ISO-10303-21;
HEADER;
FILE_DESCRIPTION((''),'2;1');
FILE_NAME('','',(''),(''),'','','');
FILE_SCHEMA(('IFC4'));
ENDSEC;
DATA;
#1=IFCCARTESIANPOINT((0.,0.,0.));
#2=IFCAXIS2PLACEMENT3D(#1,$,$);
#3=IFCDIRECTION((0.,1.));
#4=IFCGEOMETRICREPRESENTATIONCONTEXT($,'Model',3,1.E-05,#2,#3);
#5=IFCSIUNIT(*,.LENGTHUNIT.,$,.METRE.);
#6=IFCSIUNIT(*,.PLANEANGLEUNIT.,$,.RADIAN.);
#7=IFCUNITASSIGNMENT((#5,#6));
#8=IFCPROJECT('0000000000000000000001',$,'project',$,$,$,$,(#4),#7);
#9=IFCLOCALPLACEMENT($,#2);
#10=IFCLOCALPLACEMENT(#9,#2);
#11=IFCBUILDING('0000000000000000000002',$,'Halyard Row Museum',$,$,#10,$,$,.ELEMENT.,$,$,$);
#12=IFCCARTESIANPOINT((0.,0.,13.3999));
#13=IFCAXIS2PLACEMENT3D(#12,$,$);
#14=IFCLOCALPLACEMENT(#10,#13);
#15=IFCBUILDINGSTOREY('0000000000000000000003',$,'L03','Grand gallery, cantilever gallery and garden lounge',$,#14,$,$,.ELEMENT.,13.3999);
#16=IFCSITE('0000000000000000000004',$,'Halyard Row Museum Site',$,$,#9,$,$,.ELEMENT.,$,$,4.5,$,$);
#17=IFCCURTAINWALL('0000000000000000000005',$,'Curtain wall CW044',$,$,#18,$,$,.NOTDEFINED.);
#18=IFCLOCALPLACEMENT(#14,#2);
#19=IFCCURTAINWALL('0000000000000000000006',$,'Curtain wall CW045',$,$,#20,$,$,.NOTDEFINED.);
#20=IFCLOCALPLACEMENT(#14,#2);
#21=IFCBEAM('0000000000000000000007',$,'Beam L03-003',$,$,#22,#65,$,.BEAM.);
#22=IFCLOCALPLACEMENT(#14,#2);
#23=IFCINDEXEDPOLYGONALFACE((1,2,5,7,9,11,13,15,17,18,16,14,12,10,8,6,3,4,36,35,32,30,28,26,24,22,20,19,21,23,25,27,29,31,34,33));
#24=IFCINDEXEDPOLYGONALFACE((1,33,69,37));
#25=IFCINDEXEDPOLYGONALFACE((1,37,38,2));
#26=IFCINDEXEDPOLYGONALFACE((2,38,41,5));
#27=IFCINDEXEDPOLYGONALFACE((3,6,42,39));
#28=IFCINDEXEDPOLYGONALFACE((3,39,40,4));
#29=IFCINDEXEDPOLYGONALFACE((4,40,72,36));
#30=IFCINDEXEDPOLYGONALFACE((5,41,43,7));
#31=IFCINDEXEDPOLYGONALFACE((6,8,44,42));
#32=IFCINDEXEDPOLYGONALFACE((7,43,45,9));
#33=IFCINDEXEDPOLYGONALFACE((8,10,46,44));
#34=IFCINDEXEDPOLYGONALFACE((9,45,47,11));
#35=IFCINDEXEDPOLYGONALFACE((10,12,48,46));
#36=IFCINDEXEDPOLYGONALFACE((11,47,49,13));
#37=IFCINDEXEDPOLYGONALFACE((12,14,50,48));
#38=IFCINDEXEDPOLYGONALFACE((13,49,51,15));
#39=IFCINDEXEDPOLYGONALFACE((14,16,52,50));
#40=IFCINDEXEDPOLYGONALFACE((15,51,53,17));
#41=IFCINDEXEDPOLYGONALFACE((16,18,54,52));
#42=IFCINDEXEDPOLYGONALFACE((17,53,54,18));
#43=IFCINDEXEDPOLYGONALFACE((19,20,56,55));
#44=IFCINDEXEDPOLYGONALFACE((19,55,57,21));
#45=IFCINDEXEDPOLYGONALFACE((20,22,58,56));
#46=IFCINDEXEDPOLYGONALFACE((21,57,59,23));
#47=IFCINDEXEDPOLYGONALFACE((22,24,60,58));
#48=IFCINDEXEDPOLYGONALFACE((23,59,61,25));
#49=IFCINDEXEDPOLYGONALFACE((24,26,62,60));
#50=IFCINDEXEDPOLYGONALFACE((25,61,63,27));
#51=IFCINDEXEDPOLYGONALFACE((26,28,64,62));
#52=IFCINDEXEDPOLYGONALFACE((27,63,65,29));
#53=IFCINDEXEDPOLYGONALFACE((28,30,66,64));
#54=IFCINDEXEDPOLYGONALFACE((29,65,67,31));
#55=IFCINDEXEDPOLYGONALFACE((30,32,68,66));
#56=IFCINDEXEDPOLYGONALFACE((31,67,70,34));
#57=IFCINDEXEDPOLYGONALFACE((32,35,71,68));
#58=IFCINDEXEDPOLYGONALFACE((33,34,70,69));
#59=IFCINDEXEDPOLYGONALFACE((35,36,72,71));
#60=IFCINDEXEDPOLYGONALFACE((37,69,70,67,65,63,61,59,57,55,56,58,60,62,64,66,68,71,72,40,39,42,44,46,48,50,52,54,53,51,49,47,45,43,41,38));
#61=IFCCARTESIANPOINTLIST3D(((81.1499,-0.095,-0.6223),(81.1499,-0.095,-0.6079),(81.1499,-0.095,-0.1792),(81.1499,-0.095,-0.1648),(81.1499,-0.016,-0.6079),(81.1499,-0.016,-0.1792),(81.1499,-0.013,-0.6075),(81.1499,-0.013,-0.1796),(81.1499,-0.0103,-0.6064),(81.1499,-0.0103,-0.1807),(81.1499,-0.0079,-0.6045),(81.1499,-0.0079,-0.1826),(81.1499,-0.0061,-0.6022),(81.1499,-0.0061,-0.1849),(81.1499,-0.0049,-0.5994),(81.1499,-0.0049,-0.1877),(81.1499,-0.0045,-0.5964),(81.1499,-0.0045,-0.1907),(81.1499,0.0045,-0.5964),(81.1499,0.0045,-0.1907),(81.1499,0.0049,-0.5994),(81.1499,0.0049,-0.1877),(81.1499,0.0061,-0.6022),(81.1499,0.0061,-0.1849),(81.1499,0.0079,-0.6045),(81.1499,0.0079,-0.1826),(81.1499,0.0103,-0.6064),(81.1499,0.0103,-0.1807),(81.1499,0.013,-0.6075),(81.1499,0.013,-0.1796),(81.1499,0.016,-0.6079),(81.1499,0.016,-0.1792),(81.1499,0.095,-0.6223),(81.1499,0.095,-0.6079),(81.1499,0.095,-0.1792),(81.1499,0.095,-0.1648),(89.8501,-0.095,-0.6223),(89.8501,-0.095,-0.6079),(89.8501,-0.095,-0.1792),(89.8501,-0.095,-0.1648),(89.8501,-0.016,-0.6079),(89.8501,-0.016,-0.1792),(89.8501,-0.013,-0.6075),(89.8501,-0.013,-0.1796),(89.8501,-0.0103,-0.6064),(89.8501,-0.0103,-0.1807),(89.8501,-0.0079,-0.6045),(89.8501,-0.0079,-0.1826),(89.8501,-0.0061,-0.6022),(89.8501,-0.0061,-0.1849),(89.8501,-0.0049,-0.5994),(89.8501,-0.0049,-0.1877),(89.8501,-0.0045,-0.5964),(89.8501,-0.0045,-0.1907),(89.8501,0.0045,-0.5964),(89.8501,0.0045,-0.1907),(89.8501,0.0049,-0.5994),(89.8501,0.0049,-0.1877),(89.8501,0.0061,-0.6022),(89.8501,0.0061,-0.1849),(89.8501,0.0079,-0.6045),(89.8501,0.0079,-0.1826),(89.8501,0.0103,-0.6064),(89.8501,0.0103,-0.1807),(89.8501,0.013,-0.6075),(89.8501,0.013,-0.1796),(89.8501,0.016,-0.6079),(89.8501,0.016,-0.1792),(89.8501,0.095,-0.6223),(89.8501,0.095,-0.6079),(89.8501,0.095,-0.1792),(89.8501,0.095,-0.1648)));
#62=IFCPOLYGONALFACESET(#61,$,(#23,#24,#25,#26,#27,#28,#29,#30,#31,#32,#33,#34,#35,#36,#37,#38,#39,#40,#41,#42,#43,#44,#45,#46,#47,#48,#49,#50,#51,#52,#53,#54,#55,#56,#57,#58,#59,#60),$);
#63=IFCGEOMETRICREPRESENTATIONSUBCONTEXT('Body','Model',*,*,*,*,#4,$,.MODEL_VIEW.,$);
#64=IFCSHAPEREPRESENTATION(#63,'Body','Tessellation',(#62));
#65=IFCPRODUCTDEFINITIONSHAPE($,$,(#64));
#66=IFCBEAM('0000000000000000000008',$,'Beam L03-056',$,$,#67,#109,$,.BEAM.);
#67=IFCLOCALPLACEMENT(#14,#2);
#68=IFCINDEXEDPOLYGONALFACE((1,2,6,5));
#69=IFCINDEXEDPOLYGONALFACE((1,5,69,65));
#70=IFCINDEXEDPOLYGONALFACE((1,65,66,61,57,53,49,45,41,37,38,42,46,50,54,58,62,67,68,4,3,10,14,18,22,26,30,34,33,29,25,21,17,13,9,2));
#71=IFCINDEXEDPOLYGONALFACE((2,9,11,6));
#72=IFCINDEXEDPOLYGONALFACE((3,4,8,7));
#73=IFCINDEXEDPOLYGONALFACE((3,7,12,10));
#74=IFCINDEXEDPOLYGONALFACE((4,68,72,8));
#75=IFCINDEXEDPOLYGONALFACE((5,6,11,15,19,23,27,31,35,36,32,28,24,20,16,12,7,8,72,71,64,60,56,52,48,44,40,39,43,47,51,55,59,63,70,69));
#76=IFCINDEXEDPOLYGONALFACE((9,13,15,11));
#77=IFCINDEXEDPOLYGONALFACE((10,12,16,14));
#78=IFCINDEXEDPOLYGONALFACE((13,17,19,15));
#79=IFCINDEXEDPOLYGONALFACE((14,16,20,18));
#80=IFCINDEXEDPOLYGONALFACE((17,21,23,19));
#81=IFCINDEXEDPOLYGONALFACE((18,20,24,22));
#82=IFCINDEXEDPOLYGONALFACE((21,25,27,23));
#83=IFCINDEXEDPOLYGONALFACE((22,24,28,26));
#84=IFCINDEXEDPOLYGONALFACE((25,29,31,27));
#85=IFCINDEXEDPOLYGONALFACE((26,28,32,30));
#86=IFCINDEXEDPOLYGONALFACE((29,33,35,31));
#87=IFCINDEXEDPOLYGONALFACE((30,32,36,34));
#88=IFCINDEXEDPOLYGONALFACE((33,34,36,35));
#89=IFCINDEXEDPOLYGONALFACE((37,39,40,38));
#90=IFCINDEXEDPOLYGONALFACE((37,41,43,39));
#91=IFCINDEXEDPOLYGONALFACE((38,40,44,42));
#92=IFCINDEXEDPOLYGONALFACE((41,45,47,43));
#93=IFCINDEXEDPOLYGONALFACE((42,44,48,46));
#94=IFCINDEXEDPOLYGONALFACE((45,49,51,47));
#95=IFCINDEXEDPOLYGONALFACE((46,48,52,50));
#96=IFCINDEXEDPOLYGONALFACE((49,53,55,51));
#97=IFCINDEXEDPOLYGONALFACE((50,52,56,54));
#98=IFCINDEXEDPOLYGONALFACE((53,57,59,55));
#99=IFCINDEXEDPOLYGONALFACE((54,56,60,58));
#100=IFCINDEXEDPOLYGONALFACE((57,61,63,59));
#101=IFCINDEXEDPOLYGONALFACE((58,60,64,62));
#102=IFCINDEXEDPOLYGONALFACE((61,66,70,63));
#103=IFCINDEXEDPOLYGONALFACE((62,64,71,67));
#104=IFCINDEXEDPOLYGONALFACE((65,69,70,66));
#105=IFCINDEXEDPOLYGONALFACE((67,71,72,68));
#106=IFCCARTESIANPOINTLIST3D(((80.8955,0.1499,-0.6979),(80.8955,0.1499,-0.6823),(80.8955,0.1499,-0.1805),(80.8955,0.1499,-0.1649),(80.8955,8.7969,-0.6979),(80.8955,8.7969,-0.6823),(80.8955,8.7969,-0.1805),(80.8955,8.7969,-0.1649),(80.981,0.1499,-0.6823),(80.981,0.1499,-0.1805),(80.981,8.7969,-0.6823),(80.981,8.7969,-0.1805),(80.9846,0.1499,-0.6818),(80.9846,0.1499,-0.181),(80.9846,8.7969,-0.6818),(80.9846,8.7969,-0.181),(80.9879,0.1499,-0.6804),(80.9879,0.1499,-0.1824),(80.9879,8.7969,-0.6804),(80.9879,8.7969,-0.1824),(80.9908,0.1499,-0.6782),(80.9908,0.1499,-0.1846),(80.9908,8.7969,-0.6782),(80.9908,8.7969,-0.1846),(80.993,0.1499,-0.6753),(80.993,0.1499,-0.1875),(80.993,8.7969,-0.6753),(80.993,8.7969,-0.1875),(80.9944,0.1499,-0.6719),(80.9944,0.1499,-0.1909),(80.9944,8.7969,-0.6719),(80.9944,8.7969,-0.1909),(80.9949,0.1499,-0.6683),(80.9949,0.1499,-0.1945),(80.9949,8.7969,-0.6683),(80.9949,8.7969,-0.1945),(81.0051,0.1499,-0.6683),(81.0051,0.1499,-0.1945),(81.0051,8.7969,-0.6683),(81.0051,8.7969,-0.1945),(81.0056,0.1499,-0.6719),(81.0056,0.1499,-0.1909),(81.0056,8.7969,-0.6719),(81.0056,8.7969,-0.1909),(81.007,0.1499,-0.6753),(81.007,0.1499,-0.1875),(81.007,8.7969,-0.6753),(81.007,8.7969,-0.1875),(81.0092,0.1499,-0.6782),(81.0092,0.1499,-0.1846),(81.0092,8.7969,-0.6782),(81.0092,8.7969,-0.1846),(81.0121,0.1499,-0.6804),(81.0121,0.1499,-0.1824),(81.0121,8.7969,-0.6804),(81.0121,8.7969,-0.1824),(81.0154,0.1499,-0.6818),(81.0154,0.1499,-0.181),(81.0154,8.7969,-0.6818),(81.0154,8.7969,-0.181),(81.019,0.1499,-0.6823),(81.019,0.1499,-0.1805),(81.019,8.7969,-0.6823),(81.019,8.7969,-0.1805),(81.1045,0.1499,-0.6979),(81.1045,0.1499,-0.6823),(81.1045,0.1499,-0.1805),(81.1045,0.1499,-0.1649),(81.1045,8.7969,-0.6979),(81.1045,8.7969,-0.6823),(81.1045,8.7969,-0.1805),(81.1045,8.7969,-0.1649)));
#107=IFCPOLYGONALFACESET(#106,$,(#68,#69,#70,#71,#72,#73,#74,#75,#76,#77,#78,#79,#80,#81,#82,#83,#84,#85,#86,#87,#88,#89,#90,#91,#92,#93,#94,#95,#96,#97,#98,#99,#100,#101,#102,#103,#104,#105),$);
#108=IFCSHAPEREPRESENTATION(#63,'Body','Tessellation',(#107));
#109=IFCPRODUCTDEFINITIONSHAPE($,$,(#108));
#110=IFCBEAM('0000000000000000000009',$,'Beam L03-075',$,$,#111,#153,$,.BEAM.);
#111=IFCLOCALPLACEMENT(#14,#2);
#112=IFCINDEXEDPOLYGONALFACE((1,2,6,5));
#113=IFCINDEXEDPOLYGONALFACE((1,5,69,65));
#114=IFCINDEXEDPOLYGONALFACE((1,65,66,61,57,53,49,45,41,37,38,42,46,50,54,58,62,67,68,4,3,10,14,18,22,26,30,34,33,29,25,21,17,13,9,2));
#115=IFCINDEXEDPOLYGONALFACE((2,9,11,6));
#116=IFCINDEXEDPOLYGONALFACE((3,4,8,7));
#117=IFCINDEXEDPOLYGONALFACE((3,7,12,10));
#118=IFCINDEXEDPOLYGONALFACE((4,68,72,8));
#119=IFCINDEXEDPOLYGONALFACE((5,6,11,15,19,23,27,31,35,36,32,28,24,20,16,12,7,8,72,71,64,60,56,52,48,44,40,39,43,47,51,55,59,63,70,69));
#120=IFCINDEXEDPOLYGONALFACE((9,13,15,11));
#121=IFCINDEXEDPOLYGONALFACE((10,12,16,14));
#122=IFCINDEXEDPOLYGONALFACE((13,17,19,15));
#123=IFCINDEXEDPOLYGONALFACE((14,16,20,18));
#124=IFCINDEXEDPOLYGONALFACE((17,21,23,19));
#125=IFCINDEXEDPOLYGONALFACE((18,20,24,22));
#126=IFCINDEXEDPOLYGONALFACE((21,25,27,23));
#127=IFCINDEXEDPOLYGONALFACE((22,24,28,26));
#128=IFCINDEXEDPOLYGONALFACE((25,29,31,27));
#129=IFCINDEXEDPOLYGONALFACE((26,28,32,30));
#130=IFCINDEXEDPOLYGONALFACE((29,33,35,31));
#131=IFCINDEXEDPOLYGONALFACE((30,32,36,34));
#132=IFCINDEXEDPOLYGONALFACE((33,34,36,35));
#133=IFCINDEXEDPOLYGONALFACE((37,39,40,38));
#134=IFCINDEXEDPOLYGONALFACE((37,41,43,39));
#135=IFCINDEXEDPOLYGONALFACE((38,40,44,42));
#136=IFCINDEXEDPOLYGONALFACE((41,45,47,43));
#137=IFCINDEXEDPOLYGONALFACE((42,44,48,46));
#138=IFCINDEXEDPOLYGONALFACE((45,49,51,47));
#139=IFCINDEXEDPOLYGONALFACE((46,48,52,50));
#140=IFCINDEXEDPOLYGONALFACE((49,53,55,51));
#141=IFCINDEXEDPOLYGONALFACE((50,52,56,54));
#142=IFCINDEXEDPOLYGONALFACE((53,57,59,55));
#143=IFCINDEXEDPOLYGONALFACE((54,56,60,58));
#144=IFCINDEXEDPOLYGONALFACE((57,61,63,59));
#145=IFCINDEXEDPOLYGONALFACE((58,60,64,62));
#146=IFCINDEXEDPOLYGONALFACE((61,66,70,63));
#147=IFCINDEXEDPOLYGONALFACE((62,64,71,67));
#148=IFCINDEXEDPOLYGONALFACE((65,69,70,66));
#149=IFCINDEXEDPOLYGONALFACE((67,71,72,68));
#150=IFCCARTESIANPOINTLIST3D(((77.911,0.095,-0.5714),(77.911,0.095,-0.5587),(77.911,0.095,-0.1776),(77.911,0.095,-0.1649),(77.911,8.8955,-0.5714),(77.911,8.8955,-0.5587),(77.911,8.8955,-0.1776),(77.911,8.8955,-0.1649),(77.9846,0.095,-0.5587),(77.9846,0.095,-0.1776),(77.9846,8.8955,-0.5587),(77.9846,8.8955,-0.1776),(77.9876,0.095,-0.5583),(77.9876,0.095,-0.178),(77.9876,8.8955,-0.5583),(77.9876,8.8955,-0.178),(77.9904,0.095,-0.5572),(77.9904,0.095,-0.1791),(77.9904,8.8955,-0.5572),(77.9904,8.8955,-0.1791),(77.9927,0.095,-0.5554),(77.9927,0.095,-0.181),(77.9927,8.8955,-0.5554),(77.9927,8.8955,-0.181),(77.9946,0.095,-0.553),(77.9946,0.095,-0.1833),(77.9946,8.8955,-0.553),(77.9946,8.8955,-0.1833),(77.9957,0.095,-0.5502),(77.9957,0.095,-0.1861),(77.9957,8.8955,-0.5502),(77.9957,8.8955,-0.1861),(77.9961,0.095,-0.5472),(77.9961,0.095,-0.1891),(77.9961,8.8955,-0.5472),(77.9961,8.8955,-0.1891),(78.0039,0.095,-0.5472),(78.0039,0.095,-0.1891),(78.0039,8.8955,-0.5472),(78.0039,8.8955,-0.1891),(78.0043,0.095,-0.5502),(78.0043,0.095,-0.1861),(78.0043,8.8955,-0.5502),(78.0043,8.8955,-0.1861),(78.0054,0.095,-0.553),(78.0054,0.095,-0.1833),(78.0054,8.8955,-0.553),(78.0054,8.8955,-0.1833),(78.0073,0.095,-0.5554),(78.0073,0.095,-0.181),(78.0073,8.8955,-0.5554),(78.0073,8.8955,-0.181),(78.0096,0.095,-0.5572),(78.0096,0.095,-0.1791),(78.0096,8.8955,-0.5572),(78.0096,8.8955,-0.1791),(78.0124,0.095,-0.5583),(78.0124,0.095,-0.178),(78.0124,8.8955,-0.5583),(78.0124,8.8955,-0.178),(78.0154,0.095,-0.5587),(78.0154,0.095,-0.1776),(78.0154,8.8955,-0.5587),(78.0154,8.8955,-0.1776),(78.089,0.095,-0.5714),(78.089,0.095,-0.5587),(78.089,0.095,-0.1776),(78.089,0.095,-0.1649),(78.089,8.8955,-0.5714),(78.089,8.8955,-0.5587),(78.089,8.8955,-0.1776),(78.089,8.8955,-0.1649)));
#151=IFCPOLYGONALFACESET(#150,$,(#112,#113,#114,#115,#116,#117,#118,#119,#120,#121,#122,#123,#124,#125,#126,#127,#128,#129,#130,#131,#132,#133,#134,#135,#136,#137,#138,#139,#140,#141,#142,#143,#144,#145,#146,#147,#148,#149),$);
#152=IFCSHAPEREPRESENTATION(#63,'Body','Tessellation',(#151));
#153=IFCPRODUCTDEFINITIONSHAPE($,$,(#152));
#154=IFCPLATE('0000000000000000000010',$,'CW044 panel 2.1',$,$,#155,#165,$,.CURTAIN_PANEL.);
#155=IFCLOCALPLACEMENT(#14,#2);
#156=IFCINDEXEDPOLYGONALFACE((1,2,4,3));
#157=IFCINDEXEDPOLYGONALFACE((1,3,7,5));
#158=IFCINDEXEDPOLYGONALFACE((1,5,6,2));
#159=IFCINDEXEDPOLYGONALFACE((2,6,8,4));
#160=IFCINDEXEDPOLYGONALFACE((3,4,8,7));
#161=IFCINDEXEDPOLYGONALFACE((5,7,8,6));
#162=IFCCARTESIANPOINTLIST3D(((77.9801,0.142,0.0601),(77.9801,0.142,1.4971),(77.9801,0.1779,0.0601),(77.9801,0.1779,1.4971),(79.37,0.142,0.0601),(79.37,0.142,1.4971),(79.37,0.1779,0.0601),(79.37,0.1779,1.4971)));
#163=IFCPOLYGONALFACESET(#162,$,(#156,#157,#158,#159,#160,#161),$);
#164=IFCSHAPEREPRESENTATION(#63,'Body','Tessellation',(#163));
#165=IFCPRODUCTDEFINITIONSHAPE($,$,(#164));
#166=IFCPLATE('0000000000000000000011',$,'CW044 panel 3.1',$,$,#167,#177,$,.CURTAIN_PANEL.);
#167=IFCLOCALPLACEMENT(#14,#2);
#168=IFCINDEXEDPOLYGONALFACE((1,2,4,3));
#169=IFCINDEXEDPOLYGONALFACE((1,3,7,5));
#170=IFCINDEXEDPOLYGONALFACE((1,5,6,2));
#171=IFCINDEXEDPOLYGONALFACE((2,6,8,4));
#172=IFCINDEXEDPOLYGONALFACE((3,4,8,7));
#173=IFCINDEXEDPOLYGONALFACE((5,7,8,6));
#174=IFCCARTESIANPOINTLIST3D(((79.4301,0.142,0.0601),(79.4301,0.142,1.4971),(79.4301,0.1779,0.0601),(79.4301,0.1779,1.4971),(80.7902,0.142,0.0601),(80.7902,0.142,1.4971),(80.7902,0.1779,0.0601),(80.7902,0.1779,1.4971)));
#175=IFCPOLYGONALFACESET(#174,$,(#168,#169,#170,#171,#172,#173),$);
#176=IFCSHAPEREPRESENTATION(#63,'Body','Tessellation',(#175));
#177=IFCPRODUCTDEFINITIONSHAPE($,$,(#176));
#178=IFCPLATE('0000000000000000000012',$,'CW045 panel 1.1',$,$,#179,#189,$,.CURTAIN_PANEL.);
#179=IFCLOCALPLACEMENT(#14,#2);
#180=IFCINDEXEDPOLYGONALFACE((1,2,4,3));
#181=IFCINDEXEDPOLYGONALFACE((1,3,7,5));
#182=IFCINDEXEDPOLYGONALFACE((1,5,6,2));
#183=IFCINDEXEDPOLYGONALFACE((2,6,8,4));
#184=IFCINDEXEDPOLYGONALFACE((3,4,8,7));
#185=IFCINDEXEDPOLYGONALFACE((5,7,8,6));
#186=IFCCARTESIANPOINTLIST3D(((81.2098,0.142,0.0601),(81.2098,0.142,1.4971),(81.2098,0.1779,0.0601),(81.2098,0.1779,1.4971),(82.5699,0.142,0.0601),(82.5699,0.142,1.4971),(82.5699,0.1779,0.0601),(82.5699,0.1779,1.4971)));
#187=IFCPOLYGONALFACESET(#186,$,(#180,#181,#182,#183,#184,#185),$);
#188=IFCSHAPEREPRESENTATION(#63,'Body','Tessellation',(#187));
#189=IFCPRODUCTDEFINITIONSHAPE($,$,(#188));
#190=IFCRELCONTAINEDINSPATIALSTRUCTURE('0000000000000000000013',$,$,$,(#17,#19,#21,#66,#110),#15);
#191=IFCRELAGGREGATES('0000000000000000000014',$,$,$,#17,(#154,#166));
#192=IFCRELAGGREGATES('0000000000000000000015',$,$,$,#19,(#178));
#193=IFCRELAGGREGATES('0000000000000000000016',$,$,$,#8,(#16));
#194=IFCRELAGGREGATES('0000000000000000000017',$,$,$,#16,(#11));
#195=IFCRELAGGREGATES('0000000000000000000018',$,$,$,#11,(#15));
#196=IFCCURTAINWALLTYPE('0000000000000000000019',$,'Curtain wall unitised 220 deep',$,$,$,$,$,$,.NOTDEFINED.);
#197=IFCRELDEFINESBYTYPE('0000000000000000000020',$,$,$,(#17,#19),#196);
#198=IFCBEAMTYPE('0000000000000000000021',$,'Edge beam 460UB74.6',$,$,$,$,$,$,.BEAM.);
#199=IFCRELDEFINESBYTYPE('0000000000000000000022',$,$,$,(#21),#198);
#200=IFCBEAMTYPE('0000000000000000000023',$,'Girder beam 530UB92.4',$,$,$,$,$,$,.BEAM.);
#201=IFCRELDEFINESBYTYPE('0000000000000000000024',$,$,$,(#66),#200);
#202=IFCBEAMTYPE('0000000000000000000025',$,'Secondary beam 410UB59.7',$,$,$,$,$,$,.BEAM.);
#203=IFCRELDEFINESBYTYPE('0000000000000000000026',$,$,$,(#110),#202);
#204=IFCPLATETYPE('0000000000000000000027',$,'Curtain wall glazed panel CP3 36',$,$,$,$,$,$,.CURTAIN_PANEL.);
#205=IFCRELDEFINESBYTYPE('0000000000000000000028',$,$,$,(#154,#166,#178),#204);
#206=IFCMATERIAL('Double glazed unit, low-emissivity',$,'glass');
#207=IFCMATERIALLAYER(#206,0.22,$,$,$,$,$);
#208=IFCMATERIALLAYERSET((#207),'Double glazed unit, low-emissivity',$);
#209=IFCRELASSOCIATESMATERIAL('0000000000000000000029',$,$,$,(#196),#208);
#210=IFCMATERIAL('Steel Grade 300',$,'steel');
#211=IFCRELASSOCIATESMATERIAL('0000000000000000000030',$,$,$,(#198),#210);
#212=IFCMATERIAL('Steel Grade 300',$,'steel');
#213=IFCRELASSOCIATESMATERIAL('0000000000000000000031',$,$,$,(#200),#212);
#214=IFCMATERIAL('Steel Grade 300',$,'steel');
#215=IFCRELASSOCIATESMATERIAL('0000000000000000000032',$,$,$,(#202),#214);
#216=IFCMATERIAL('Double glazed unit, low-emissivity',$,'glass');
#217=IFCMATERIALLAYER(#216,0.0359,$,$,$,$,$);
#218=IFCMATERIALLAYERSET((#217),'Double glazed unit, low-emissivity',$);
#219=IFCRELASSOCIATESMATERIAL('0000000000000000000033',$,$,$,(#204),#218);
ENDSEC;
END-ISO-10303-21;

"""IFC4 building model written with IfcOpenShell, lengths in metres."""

from ifc_helpers import new_model, si_unit, direction, frame, origin, origin_2d, place, context, subcontext, project, spatial, rectangle, i_section, extrude, material, layer, layer_set, material_profile, profile_set, type_object, element, aggregate, save


model = new_model("IFC4")

# Units and contexts
model_context = context("Model", 3, precision=1e-05, world=origin(), true_north=direction((0.0, 1.0)))
body_context = subcontext(model_context, "Body", "Model", "MODEL_VIEW")
ifc_project = project(units=[si_unit("LENGTHUNIT", "METRE"), si_unit("PLANEANGLEUNIT", "RADIAN")], contexts=[model_context])

# Site, building, storey
site_placement = place(None, origin())
site = spatial("IfcSite", under=ifc_project, at=site_placement, Name="Halyard Row Museum Site", CompositionType="ELEMENT", RefElevation=4.5)
building_placement = place(site_placement, origin())
building = spatial("IfcBuilding", under=site, at=building_placement, Name="Halyard Row Museum", CompositionType="ELEMENT")
storey_placement = place(building_placement, frame((0.0, 0.0, 13.3999)))
storey = spatial("IfcBuildingStorey", under=building, at=storey_placement, Name="L03", Description="Grand gallery, cantilever gallery and garden lounge", CompositionType="ELEMENT", Elevation=13.3999)

# Curtain wall
ifc_material_1 = material(Name="Double glazed unit, low-emissivity", Category="glass")
ifc_layer_1 = layer(ifc_material_1, 0.22)
ifc_layer_set_1 = layer_set([ifc_layer_1], Name="Double glazed unit, low-emissivity")
curtain_wall_type = type_object("IfcCurtainWallType", Name="Curtain wall unitised 220 deep", PredefinedType="NOTDEFINED", material=ifc_layer_set_1)
curtain_wall_1_placement = place(storey_placement, origin())
curtain_wall_1 = element("IfcCurtainWall", 1, at=curtain_wall_1_placement, inside=storey, type_object=curtain_wall_type, Name="Curtain wall CW044", PredefinedType="NOTDEFINED")

# Curtain wall
curtain_wall_2_placement = place(storey_placement, origin())
curtain_wall_2 = element("IfcCurtainWall", 2, at=curtain_wall_2_placement, inside=storey, type_object=curtain_wall_type, Name="Curtain wall CW045", PredefinedType="NOTDEFINED")

# Beams
ifc_material_2 = material(Name="Steel Grade 300", Category="steel")
ifc_material_profile_1 = material_profile(ifc_material_2, i_section(OverallWidth=0.1899, OverallDepth=0.4575, WebThickness=0.009, FlangeThickness=0.0144, FilletRadius=0.0115, at=origin_2d()), Name="460UB74.6")
ifc_profile_set_1 = profile_set([ifc_material_profile_1], Name="Steel Grade 300")
beam_type_1 = type_object("IfcBeamType", Name="Edge beam 460UB74.6", PredefinedType="BEAM", material=ifc_profile_set_1)
beam_1_placement = place(storey_placement, frame((81.1499, 0.0, -0.3936), z_axis=(1.0, 0.0, 0.0), x_axis=(0.0, 1.0, 0.0)))
element("IfcBeam", 3, at=beam_1_placement, inside=storey, type_object=beam_type_1, Name="Beam L03-003", PredefinedType="BEAM", context=body_context, shape_type="SweptSolid", body=[
    extrude(i_section(OverallWidth=0.1899, OverallDepth=0.4575, WebThickness=0.009, FlangeThickness=0.0144, FilletRadius=0.0115, at=origin_2d()), origin(), (0.0, 0.0, 1.0), 8.7002),
])
ifc_material_3 = material(Name="Steel Grade 300", Category="steel")
ifc_material_profile_2 = material_profile(ifc_material_3, i_section(OverallWidth=0.209, OverallDepth=0.533, WebThickness=0.0103, FlangeThickness=0.0156, FilletRadius=0.0139, at=origin_2d()), Name="530UB92.4")
ifc_profile_set_2 = profile_set([ifc_material_profile_2], Name="Steel Grade 300")
beam_type_2 = type_object("IfcBeamType", Name="Girder beam 530UB92.4", PredefinedType="BEAM", material=ifc_profile_set_2)
beam_2_placement = place(storey_placement, frame((81.0, 0.1499, -0.4314), z_axis=(0.0, 1.0, 0.0), x_axis=(-1.0, 0.0, 0.0)))
element("IfcBeam", 4, at=beam_2_placement, inside=storey, type_object=beam_type_2, Name="Beam L03-056", PredefinedType="BEAM", context=body_context, shape_type="SweptSolid", body=[
    extrude(i_section(OverallWidth=0.209, OverallDepth=0.533, WebThickness=0.0103, FlangeThickness=0.0156, FilletRadius=0.0139, at=origin_2d()), origin(), (0.0, 0.0, 1.0), 8.647),
])
ifc_material_4 = material(Name="Steel Grade 300", Category="steel")
ifc_material_profile_3 = material_profile(ifc_material_4, i_section(OverallWidth=0.178, OverallDepth=0.4065, WebThickness=0.0078, FlangeThickness=0.0127, FilletRadius=0.0115, at=origin_2d()), Name="410UB59.7")
ifc_profile_set_3 = profile_set([ifc_material_profile_3], Name="Steel Grade 300")
beam_type_3 = type_object("IfcBeamType", Name="Secondary beam 410UB59.7", PredefinedType="BEAM", material=ifc_profile_set_3)
beam_3_placement = place(storey_placement, frame((78.0, 0.095, -0.3682), z_axis=(0.0, 1.0, 0.0), x_axis=(-1.0, 0.0, 0.0)))
element("IfcBeam", 5, at=beam_3_placement, inside=storey, type_object=beam_type_3, Name="Beam L03-075", PredefinedType="BEAM", context=body_context, shape_type="SweptSolid", body=[
    extrude(i_section(OverallWidth=0.178, OverallDepth=0.4065, WebThickness=0.0078, FlangeThickness=0.0127, FilletRadius=0.0115, at=origin_2d()), origin(), (0.0, 0.0, 1.0), 8.8005),
])

# Plates
ifc_material_5 = material(Name="Double glazed unit, low-emissivity", Category="glass")
ifc_layer_2 = layer(ifc_material_5, 0.0359)
ifc_layer_set_2 = layer_set([ifc_layer_2], Name="Double glazed unit, low-emissivity")
plate_type = type_object("IfcPlateType", Name="Curtain wall glazed panel CP3 36", PredefinedType="CURTAIN_PANEL", material=ifc_layer_set_2)
plate_1_placement = place(storey_placement, frame((78.675, 0.1599, 0.0601), z_axis=(0.0, 0.0, 1.0), x_axis=(1.0, 0.0, 0.0)))
plate_1 = element("IfcPlate", 6, at=plate_1_placement, type_object=plate_type, Name="CW044 panel 2.1", PredefinedType="CURTAIN_PANEL", context=body_context, shape_type="SweptSolid", body=[
    extrude(rectangle(XDim=1.3899, YDim=0.0359, at=origin_2d()), origin(), (0.0, 0.0, 1.0), 1.437),
])
plate_2_placement = place(storey_placement, frame((80.1101, 0.1599, 0.0601), z_axis=(0.0, 0.0, 1.0), x_axis=(1.0, 0.0, 0.0)))
plate_2 = element("IfcPlate", 7, at=plate_2_placement, type_object=plate_type, Name="CW044 panel 3.1", PredefinedType="CURTAIN_PANEL", context=body_context, shape_type="SweptSolid", body=[
    extrude(rectangle(XDim=1.3601, YDim=0.0359, at=origin_2d()), origin(), (0.0, 0.0, 1.0), 1.437),
])
aggregate(curtain_wall_1, [plate_1, plate_2])
plate_3_placement = place(storey_placement, frame((81.8899, 0.1599, 0.0601), z_axis=(0.0, 0.0, 1.0), x_axis=(1.0, 0.0, 0.0)))
plate_3 = element("IfcPlate", 8, at=plate_3_placement, type_object=plate_type, Name="CW045 panel 1.1", PredefinedType="CURTAIN_PANEL", context=body_context, shape_type="SweptSolid", body=[
    extrude(rectangle(XDim=1.3601, YDim=0.0359, at=origin_2d()), origin(), (0.0, 0.0, 1.0), 1.437),
])
aggregate(curtain_wall_2, [plate_3])

save(model, "model.ifc")
